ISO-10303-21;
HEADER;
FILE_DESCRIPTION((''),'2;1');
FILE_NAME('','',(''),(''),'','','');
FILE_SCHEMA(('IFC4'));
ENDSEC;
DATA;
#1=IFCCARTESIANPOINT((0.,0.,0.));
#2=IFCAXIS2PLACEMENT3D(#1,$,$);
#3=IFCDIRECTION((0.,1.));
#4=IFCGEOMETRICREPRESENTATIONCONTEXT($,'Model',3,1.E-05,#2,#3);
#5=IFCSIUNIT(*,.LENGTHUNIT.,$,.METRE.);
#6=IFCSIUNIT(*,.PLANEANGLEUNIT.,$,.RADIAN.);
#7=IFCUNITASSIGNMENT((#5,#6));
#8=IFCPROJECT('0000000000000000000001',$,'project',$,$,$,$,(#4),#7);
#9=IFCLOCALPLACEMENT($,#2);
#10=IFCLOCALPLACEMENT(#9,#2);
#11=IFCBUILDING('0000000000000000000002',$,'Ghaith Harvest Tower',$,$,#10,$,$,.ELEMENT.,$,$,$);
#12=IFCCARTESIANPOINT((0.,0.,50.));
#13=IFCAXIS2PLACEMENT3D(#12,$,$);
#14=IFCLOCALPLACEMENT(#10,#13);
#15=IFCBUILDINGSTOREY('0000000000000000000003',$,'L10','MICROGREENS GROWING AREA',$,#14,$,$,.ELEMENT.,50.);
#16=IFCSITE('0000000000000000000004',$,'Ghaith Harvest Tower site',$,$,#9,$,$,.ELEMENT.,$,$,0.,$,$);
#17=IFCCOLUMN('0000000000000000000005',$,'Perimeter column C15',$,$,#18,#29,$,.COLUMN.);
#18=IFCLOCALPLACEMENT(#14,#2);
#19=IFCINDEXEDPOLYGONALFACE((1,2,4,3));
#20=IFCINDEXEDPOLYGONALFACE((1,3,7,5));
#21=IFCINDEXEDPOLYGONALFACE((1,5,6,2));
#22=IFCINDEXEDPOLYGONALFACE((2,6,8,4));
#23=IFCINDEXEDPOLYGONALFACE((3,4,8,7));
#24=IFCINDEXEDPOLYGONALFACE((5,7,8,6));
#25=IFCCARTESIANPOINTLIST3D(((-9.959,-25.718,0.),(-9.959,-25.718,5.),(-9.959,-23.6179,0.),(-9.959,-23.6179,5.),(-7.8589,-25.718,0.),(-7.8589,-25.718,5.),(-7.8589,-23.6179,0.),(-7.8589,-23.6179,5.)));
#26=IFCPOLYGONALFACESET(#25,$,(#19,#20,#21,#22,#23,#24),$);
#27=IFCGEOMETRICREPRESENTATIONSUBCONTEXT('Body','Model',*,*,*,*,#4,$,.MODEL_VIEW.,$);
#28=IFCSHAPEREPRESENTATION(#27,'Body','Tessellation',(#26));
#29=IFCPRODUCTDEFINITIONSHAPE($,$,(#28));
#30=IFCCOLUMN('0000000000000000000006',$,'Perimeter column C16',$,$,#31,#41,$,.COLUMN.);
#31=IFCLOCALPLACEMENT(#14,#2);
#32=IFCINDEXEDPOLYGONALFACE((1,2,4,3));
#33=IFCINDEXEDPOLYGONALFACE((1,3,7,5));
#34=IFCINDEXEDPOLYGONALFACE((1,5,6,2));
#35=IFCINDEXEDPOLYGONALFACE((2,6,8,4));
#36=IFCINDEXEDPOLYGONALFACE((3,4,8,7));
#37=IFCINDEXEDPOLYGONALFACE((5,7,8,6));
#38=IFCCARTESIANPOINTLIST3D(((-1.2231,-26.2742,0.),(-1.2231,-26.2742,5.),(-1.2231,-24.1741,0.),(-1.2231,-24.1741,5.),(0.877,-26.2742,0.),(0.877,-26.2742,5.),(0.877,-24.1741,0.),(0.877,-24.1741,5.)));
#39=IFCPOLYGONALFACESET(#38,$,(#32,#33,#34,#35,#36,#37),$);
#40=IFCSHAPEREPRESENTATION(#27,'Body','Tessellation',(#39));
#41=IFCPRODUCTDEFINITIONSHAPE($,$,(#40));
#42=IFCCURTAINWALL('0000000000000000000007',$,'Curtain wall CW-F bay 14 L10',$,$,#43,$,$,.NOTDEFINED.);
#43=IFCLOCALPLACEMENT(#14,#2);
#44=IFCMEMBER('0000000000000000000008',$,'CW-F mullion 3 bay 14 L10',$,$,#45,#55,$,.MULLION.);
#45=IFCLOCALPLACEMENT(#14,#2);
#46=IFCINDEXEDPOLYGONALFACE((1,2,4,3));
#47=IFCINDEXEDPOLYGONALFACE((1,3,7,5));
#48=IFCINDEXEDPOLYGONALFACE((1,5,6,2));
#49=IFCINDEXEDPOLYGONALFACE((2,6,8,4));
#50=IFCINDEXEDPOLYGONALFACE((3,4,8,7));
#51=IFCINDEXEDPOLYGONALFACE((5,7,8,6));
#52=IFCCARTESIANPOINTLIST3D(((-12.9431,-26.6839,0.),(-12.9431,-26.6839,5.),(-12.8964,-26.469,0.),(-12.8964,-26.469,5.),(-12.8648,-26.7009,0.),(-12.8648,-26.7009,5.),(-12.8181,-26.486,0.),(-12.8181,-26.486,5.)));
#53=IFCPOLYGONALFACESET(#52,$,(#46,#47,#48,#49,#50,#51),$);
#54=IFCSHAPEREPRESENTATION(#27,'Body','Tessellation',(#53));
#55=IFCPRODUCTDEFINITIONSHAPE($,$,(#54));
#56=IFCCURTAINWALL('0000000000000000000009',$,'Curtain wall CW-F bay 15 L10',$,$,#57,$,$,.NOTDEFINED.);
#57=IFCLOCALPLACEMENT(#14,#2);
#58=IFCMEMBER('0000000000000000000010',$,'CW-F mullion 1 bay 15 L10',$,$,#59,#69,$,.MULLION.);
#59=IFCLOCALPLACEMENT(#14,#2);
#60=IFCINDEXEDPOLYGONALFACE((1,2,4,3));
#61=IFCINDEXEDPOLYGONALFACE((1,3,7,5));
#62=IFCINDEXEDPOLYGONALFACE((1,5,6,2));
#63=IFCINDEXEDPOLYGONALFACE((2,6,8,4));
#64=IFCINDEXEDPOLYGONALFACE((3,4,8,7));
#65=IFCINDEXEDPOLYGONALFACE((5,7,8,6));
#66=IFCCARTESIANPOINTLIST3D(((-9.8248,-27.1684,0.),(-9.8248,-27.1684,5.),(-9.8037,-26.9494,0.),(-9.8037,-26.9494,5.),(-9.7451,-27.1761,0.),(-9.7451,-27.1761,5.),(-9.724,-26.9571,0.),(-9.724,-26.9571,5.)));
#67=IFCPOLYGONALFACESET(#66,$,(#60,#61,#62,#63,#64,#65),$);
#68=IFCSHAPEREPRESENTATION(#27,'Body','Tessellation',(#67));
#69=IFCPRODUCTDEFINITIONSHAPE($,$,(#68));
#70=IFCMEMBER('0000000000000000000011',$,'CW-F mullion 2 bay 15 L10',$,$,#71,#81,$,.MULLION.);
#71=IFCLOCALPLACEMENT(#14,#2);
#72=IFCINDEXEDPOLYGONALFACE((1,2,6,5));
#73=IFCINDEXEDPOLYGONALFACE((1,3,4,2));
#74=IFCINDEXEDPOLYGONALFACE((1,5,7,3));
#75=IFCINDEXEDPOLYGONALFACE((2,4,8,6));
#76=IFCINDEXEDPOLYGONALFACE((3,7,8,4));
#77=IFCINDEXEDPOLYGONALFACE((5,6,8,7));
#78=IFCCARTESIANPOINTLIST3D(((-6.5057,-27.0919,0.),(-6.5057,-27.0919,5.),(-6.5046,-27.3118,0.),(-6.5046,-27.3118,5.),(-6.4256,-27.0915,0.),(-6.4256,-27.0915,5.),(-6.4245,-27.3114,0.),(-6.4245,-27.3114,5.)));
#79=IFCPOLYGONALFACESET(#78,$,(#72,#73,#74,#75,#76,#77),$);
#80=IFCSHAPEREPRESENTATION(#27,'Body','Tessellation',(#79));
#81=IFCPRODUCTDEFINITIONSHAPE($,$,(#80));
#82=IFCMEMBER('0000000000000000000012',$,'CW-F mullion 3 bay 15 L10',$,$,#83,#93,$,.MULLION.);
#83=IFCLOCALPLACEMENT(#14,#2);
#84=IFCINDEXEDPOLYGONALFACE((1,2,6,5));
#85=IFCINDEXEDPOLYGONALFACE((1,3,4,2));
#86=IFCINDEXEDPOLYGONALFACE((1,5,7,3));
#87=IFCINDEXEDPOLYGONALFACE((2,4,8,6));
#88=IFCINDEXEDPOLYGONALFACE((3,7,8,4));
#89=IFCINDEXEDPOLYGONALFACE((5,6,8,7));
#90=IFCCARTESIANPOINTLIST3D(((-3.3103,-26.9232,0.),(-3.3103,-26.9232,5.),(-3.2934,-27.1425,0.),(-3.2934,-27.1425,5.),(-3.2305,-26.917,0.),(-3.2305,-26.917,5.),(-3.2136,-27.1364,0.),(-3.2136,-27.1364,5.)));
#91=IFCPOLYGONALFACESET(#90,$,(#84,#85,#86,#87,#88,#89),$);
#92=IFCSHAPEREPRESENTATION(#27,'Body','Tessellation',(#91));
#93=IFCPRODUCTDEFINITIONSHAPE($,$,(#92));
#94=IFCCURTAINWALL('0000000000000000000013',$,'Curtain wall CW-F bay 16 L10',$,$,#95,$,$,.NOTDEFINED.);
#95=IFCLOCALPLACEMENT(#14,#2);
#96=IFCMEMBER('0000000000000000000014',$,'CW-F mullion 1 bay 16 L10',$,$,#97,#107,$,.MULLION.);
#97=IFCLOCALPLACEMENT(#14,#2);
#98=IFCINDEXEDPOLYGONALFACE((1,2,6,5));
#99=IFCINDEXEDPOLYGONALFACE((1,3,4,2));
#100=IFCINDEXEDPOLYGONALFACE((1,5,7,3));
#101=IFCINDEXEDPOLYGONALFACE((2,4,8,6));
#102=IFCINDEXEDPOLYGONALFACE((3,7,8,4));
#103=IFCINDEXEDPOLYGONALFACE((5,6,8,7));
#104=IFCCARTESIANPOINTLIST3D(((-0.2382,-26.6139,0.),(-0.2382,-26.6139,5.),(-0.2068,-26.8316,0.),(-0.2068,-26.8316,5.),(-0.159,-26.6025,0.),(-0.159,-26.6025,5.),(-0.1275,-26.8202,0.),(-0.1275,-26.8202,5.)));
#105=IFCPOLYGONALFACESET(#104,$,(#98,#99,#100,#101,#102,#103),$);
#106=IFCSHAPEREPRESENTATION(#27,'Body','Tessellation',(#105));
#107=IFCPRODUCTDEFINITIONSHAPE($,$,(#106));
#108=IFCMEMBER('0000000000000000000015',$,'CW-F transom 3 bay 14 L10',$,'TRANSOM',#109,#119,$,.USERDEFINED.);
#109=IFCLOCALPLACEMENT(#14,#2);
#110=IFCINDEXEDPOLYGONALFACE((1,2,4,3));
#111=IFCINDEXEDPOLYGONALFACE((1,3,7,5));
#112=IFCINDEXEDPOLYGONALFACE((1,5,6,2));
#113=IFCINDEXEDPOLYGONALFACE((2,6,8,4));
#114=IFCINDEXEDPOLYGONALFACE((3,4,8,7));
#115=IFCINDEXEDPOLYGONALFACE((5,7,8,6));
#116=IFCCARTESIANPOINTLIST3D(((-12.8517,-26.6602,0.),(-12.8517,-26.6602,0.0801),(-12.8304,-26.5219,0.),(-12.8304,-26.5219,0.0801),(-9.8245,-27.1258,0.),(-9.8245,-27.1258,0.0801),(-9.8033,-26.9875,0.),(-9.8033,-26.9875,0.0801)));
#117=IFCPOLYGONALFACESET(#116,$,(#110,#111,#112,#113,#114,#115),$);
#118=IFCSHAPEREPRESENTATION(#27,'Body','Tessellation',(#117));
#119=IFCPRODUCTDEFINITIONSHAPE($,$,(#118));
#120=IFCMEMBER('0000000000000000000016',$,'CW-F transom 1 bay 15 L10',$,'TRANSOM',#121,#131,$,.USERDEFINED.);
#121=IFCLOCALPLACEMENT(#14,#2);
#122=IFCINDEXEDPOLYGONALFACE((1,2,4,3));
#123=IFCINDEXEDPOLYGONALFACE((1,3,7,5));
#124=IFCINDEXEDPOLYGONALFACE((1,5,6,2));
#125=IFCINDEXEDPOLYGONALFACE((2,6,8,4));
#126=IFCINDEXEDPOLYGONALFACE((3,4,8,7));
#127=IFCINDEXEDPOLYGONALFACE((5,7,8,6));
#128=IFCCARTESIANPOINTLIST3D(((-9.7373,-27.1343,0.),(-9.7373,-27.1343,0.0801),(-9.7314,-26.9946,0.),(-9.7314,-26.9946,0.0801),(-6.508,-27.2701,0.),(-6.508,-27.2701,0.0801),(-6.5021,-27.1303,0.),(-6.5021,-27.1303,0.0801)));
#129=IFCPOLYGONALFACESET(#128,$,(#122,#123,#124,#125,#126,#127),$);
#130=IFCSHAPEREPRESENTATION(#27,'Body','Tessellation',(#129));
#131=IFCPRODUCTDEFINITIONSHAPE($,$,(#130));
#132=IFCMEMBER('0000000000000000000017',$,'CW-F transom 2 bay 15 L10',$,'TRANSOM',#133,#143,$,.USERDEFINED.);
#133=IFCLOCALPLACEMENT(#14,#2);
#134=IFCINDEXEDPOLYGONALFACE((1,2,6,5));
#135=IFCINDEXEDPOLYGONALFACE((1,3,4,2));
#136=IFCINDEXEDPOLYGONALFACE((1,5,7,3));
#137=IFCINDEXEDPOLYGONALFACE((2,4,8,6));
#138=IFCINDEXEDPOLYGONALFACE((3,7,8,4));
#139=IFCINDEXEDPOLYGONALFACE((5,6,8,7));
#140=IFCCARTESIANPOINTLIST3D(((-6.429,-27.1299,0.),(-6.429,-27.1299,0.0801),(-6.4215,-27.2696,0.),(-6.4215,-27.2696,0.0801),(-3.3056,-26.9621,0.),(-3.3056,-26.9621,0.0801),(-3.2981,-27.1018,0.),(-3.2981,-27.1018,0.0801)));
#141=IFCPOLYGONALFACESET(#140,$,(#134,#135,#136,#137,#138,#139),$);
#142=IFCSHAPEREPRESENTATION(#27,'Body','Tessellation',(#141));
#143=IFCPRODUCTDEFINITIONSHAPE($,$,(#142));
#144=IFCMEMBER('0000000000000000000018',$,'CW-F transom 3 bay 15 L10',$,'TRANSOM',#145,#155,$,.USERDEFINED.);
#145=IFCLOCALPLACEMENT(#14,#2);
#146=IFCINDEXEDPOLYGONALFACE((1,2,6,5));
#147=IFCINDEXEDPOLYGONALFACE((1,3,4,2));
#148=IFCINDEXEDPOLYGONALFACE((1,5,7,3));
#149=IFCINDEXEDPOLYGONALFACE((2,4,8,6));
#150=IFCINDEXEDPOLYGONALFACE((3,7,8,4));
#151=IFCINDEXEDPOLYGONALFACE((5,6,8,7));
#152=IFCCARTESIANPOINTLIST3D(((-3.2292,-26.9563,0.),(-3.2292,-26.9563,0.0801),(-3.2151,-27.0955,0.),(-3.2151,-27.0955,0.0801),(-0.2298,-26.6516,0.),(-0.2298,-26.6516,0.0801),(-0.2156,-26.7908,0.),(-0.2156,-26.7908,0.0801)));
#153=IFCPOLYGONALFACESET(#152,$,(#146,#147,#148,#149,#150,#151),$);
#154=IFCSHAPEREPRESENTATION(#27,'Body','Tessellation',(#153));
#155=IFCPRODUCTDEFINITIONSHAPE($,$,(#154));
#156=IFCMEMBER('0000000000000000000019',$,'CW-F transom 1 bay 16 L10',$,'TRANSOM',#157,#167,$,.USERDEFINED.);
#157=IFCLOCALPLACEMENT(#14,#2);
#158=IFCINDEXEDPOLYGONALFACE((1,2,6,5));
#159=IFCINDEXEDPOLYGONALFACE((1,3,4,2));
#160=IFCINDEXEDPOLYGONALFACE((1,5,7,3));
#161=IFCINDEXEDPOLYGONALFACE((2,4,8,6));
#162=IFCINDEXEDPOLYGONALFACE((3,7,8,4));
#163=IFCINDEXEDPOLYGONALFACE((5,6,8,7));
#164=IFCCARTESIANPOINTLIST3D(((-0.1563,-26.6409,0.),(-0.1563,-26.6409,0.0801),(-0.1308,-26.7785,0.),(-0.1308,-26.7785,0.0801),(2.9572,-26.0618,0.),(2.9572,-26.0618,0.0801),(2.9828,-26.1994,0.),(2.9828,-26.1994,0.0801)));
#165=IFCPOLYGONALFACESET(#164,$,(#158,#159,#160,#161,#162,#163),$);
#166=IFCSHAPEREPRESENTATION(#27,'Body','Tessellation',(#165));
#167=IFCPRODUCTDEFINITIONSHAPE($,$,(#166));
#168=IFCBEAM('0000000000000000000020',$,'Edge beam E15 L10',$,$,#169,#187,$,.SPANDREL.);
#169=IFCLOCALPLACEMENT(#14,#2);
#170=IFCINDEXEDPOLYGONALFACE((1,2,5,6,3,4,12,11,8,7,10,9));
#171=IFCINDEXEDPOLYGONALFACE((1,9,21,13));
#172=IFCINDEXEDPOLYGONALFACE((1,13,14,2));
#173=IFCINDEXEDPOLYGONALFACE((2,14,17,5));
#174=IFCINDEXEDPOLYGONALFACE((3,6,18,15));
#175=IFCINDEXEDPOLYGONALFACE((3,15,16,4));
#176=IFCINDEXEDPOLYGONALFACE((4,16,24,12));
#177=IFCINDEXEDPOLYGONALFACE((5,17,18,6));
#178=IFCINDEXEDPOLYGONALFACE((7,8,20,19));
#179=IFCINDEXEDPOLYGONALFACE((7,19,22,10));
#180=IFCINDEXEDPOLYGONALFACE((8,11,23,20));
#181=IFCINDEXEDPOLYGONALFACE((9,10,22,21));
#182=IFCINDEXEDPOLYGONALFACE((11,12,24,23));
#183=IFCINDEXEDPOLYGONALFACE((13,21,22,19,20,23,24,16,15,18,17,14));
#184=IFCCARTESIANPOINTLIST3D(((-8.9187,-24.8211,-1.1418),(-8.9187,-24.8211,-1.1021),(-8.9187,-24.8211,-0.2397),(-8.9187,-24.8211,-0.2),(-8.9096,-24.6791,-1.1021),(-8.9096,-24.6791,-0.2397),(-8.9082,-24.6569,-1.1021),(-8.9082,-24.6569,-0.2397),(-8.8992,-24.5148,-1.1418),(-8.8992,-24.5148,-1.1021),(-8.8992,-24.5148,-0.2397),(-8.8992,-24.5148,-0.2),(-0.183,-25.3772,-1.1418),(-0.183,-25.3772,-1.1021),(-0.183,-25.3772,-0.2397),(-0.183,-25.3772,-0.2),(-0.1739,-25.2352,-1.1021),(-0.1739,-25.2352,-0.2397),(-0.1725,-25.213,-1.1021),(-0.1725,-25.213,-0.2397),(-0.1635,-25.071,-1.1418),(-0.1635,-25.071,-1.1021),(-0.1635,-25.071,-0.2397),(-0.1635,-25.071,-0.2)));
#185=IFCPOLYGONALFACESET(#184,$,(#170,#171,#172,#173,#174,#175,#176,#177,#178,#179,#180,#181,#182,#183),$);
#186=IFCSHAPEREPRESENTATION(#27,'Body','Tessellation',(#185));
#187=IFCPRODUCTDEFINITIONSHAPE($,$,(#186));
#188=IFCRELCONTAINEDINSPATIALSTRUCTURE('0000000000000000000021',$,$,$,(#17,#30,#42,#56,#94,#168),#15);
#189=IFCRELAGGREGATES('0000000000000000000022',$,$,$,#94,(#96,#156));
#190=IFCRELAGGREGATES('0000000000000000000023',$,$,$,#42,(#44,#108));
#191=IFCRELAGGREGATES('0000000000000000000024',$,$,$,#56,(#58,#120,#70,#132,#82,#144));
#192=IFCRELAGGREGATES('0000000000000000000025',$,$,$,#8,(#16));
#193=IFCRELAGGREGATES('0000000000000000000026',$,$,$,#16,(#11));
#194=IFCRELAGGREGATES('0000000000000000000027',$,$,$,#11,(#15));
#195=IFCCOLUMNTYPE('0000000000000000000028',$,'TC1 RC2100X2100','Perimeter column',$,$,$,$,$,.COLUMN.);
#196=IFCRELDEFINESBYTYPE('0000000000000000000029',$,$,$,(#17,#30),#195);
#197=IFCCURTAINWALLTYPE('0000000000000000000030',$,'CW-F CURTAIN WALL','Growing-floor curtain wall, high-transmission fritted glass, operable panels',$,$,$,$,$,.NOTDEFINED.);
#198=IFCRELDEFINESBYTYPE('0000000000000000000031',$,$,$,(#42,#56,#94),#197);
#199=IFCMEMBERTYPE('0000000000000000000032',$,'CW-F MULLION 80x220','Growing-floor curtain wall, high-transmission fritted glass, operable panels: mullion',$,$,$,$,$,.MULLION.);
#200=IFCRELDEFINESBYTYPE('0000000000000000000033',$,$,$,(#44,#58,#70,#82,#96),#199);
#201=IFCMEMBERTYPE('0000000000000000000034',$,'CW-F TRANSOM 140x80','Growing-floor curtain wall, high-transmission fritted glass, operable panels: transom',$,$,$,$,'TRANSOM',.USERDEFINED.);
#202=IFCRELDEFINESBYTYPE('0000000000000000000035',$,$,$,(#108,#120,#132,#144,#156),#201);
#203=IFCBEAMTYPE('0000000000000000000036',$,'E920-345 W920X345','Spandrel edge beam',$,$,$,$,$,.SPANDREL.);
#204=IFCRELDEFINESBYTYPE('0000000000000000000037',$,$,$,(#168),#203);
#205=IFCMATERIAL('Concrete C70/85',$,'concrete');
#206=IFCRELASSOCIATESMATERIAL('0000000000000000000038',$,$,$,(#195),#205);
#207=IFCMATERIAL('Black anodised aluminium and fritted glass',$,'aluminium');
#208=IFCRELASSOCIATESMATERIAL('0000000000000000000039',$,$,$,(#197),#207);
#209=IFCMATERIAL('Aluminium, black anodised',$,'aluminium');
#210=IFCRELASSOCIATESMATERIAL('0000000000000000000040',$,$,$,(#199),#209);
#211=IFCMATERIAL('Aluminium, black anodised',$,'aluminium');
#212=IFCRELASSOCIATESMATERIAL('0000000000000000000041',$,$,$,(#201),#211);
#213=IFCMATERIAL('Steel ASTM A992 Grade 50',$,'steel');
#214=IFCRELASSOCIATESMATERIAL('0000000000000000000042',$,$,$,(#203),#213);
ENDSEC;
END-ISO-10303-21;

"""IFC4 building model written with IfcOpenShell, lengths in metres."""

from ifc_helpers import new_model, si_unit, direction, frame, origin, origin_2d, place, context, subcontext, project, spatial, rectangle, i_section, extrude, material, material_profile, profile_set, type_object, element, aggregate, save


model = new_model("IFC4")

# Units and contexts
model_context = context("Model", 3, precision=1e-05, world=origin(), true_north=direction((0.0, 1.0)))
body_context = subcontext(model_context, "Body", "Model", "MODEL_VIEW")
ifc_project = project(units=[si_unit("LENGTHUNIT", "METRE"), si_unit("PLANEANGLEUNIT", "RADIAN")], contexts=[model_context])

# Site, building, storey
site_placement = place(None, origin())
site = spatial("IfcSite", under=ifc_project, at=site_placement, Name="Ghaith Harvest Tower site", CompositionType="ELEMENT", RefElevation=0.0)
building_placement = place(site_placement, origin())
building = spatial("IfcBuilding", under=site, at=building_placement, Name="Ghaith Harvest Tower", CompositionType="ELEMENT")
storey_placement = place(building_placement, frame((0.0, 0.0, 50.0)))
storey = spatial("IfcBuildingStorey", under=building, at=storey_placement, Name="L10", Description="MICROGREENS GROWING AREA", CompositionType="ELEMENT", Elevation=50.0)

# Columns
ifc_material_1 = material(Name="Concrete C70/85", Category="concrete")
ifc_material_profile_1 = material_profile(ifc_material_1, rectangle(XDim=2.1001, YDim=2.1001, at=origin_2d()), Name="RC2100X2100")
ifc_profile_set_1 = profile_set([ifc_material_profile_1], Name="Concrete C70/85")
column_type = type_object("IfcColumnType", Name="TC1 RC2100X2100", Description="Perimeter column", PredefinedType="COLUMN", material=ifc_profile_set_1)
for number, where, z_axis, x_axis, name in (
    (1, (-8.9089, -24.668, 0.0), (0.0, 0.0, 1.0), (1.0, 0.0, 0.0), "Perimeter column C15"),
    (2, (-0.1731, -25.2241, 0.0), (0.0, 0.0, 1.0), (1.0, 0.0, 0.0), "Perimeter column C16"),
):
    element("IfcColumn", number, at=place(storey_placement, frame(where, z_axis=z_axis, x_axis=x_axis)), inside=storey, type_object=column_type, Name=name, PredefinedType="COLUMN", context=body_context, shape_type="SweptSolid", body=[
        extrude(rectangle(XDim=2.1001, YDim=2.1001, at=origin_2d()), origin(), (0.0, 0.0, 1.0), 5.0),
    ])

# Curtain wall, member
ifc_material_2 = material(Name="Black anodised aluminium and fritted glass", Category="aluminium")
curtain_wall_type = type_object("IfcCurtainWallType", Name="CW-F CURTAIN WALL", Description="Growing-floor curtain wall, high-transmission fritted glass, operable panels", PredefinedType="NOTDEFINED", material=ifc_material_2)
curtain_wall_1_placement = place(storey_placement, origin())
curtain_wall_1 = element("IfcCurtainWall", 3, at=curtain_wall_1_placement, inside=storey, type_object=curtain_wall_type, Name="Curtain wall CW-F bay 14 L10", PredefinedType="NOTDEFINED")
ifc_material_3 = material(Name="Aluminium, black anodised", Category="aluminium")
ifc_material_profile_2 = material_profile(ifc_material_3, rectangle(XDim=0.0801, YDim=0.22, at=origin_2d()), Name="CW-F MULLION 80x220")
ifc_profile_set_2 = profile_set([ifc_material_profile_2], Name="Aluminium, black anodised")
member_type_1 = type_object("IfcMemberType", Name="CW-F MULLION 80x220", Description="Growing-floor curtain wall, high-transmission fritted glass, operable panels: mullion", PredefinedType="MULLION", material=ifc_profile_set_2)
member_1_placement = place(storey_placement, frame((-12.8806, -26.585, 0.0), z_axis=(0.0, 0.0, 1.0), x_axis=(0.977207, -0.212289, 0.0)))
member_1 = element("IfcMember", 4, at=member_1_placement, type_object=member_type_1, Name="CW-F mullion 3 bay 14 L10", PredefinedType="MULLION", context=body_context, shape_type="SweptSolid", body=[
    extrude(rectangle(XDim=0.0801, YDim=0.22, at=origin_2d()), origin(), (0.0, 0.0, 1.0), 5.0),
])

# Curtain wall, members
curtain_wall_2_placement = place(storey_placement, origin())
curtain_wall_2 = element("IfcCurtainWall", 5, at=curtain_wall_2_placement, inside=storey, type_object=curtain_wall_type, Name="Curtain wall CW-F bay 15 L10", PredefinedType="NOTDEFINED")
member_2_placement = place(storey_placement, frame((-9.7744, -27.0627, 0.0), z_axis=(0.0, 0.0, 1.0), x_axis=(0.995408, -0.095718, 0.0)))
member_2 = element("IfcMember", 6, at=member_2_placement, type_object=member_type_1, Name="CW-F mullion 1 bay 15 L10", PredefinedType="MULLION", context=body_context, shape_type="SweptSolid", body=[
    extrude(rectangle(XDim=0.0801, YDim=0.22, at=origin_2d()), origin(), (0.0, 0.0, 1.0), 5.0),
])
member_3_placement = place(storey_placement, frame((-6.4651, -27.2017, 0.0), z_axis=(0.0, 0.0, 1.0), x_axis=(0.999987, 0.005058, 0.0)))
member_3 = element("IfcMember", 7, at=member_3_placement, type_object=member_type_1, Name="CW-F mullion 2 bay 15 L10", PredefinedType="MULLION", context=body_context, shape_type="SweptSolid", body=[
    extrude(rectangle(XDim=0.0801, YDim=0.22, at=origin_2d()), origin(), (0.0, 0.0, 1.0), 5.0),
])
member_4_placement = place(storey_placement, frame((-3.262, -27.0298, 0.0), z_axis=(0.0, 0.0, 1.0), x_axis=(0.997038, 0.076917, 0.0)))
member_4 = element("IfcMember", 8, at=member_4_placement, type_object=member_type_1, Name="CW-F mullion 3 bay 15 L10", PredefinedType="MULLION", context=body_context, shape_type="SweptSolid", body=[
    extrude(rectangle(XDim=0.0801, YDim=0.22, at=origin_2d()), origin(), (0.0, 0.0, 1.0), 5.0),
])

# Curtain wall, member
curtain_wall_3_placement = place(storey_placement, origin())
curtain_wall_3 = element("IfcCurtainWall", 9, at=curtain_wall_3_placement, inside=storey, type_object=curtain_wall_type, Name="Curtain wall CW-F bay 16 L10", PredefinedType="NOTDEFINED")
member_5_placement = place(storey_placement, frame((-0.1829, -26.717, 0.0), z_axis=(0.0, 0.0, 1.0), x_axis=(0.989712, 0.143075, 0.0)))
member_5 = element("IfcMember", 10, at=member_5_placement, type_object=member_type_1, Name="CW-F mullion 1 bay 16 L10", PredefinedType="MULLION", context=body_context, shape_type="SweptSolid", body=[
    extrude(rectangle(XDim=0.0801, YDim=0.22, at=origin_2d()), origin(), (0.0, 0.0, 1.0), 5.0),
])

# Members
ifc_material_4 = material(Name="Aluminium, black anodised", Category="aluminium")
ifc_material_profile_3 = material_profile(ifc_material_4, rectangle(XDim=0.1399, YDim=0.0801, at=origin_2d()), Name="CW-F TRANSOM 140x80")
ifc_profile_set_3 = profile_set([ifc_material_profile_3], Name="Aluminium, black anodised")
member_type_2 = type_object("IfcMemberType", Name="CW-F TRANSOM 140x80", Description="Growing-floor curtain wall, high-transmission fritted glass, operable panels: transom", ElementType="TRANSOM", PredefinedType="USERDEFINED", material=ifc_profile_set_3)
member_6_placement = place(storey_placement, frame((-12.8411, -26.5911, 0.04), z_axis=(0.988378, -0.152015, 0.0), x_axis=(0.152015, 0.988378, 0.0)))
member_6 = element("IfcMember", 11, at=member_6_placement, type_object=member_type_2, Name="CW-F transom 3 bay 14 L10", ObjectType="TRANSOM", PredefinedType="USERDEFINED", context=body_context, shape_type="SweptSolid", body=[
    extrude(rectangle(XDim=0.1399, YDim=0.0801, at=origin_2d()), origin(), (0.0, 0.0, 1.0), 3.0627),
])
member_7_placement = place(storey_placement, frame((-9.7344, -27.0645, 0.04), z_axis=(0.999118, -0.041998, 0.0), x_axis=(0.041998, 0.999118, 0.0)))
member_7 = element("IfcMember", 12, at=member_7_placement, type_object=member_type_2, Name="CW-F transom 1 bay 15 L10", ObjectType="TRANSOM", PredefinedType="USERDEFINED", context=body_context, shape_type="SweptSolid", body=[
    extrude(rectangle(XDim=0.1399, YDim=0.0801, at=origin_2d()), origin(), (0.0, 0.0, 1.0), 3.2322),
])
member_8_placement = place(storey_placement, frame((-6.4253, -27.1997, 0.04), z_axis=(0.998561, 0.05362, 0.0), x_axis=(-0.05362, 0.998561, 0.0)))
member_8 = element("IfcMember", 13, at=member_8_placement, type_object=member_type_2, Name="CW-F transom 2 bay 15 L10", ObjectType="TRANSOM", PredefinedType="USERDEFINED", context=body_context, shape_type="SweptSolid", body=[
    extrude(rectangle(XDim=0.1399, YDim=0.0801, at=origin_2d()), origin(), (0.0, 0.0, 1.0), 3.1279),
])
member_9_placement = place(storey_placement, frame((-3.2222, -27.0259, 0.04), z_axis=(0.99488, 0.101059, 0.0), x_axis=(-0.101059, 0.99488, 0.0)))
member_9 = element("IfcMember", 14, at=member_9_placement, type_object=member_type_2, Name="CW-F transom 3 bay 15 L10", ObjectType="TRANSOM", PredefinedType="USERDEFINED", context=body_context, shape_type="SweptSolid", body=[
    extrude(rectangle(XDim=0.1399, YDim=0.0801, at=origin_2d()), origin(), (0.0, 0.0, 1.0), 3.0149),
])
member_10_placement = place(storey_placement, frame((-0.1436, -26.7097, 0.04), z_axis=(0.983139, 0.182859, 0.0), x_axis=(-0.182859, 0.983139, 0.0)))
member_10 = element("IfcMember", 15, at=member_10_placement, type_object=member_type_2, Name="CW-F transom 1 bay 16 L10", ObjectType="TRANSOM", PredefinedType="USERDEFINED", context=body_context, shape_type="SweptSolid", body=[
    extrude(rectangle(XDim=0.1399, YDim=0.0801, at=origin_2d()), origin(), (0.0, 0.0, 1.0), 3.167),
])
aggregate(curtain_wall_3, [member_5, member_10])

# Beam
ifc_material_5 = material(Name="Steel ASTM A992 Grade 50", Category="steel")
ifc_material_profile_4 = material_profile(ifc_material_5, i_section(OverallWidth=0.3069, OverallDepth=0.9419, WebThickness=0.0222, FlangeThickness=0.0398, at=origin_2d()), Name="W920X345")
ifc_profile_set_4 = profile_set([ifc_material_profile_4], Name="Steel ASTM A992 Grade 50")
beam_type_1 = type_object("IfcBeamType", Name="E920-345 W920X345", Description="Spandrel edge beam", PredefinedType="SPANDREL", material=ifc_profile_set_4)
beam_1_placement = place(storey_placement, frame((-8.9089, -24.668, -0.6709), z_axis=(0.99798, -0.063535, 0.0), x_axis=(0.063535, 0.99798, 0.0)))
element("IfcBeam", 16, at=beam_1_placement, inside=storey, type_object=beam_type_1, Name="Edge beam E15 L10", PredefinedType="SPANDREL", context=body_context, shape_type="SweptSolid", body=[
    extrude(i_section(OverallWidth=0.3069, OverallDepth=0.9419, WebThickness=0.0222, FlangeThickness=0.0398, at=origin_2d()), origin(), (0.0, 0.0, 1.0), 8.7534),
])

aggregate(curtain_wall_1, [member_1, member_6])
aggregate(curtain_wall_2, [member_2, member_7, member_3, member_8, member_4, member_9])

save(model, "model.ifc")
